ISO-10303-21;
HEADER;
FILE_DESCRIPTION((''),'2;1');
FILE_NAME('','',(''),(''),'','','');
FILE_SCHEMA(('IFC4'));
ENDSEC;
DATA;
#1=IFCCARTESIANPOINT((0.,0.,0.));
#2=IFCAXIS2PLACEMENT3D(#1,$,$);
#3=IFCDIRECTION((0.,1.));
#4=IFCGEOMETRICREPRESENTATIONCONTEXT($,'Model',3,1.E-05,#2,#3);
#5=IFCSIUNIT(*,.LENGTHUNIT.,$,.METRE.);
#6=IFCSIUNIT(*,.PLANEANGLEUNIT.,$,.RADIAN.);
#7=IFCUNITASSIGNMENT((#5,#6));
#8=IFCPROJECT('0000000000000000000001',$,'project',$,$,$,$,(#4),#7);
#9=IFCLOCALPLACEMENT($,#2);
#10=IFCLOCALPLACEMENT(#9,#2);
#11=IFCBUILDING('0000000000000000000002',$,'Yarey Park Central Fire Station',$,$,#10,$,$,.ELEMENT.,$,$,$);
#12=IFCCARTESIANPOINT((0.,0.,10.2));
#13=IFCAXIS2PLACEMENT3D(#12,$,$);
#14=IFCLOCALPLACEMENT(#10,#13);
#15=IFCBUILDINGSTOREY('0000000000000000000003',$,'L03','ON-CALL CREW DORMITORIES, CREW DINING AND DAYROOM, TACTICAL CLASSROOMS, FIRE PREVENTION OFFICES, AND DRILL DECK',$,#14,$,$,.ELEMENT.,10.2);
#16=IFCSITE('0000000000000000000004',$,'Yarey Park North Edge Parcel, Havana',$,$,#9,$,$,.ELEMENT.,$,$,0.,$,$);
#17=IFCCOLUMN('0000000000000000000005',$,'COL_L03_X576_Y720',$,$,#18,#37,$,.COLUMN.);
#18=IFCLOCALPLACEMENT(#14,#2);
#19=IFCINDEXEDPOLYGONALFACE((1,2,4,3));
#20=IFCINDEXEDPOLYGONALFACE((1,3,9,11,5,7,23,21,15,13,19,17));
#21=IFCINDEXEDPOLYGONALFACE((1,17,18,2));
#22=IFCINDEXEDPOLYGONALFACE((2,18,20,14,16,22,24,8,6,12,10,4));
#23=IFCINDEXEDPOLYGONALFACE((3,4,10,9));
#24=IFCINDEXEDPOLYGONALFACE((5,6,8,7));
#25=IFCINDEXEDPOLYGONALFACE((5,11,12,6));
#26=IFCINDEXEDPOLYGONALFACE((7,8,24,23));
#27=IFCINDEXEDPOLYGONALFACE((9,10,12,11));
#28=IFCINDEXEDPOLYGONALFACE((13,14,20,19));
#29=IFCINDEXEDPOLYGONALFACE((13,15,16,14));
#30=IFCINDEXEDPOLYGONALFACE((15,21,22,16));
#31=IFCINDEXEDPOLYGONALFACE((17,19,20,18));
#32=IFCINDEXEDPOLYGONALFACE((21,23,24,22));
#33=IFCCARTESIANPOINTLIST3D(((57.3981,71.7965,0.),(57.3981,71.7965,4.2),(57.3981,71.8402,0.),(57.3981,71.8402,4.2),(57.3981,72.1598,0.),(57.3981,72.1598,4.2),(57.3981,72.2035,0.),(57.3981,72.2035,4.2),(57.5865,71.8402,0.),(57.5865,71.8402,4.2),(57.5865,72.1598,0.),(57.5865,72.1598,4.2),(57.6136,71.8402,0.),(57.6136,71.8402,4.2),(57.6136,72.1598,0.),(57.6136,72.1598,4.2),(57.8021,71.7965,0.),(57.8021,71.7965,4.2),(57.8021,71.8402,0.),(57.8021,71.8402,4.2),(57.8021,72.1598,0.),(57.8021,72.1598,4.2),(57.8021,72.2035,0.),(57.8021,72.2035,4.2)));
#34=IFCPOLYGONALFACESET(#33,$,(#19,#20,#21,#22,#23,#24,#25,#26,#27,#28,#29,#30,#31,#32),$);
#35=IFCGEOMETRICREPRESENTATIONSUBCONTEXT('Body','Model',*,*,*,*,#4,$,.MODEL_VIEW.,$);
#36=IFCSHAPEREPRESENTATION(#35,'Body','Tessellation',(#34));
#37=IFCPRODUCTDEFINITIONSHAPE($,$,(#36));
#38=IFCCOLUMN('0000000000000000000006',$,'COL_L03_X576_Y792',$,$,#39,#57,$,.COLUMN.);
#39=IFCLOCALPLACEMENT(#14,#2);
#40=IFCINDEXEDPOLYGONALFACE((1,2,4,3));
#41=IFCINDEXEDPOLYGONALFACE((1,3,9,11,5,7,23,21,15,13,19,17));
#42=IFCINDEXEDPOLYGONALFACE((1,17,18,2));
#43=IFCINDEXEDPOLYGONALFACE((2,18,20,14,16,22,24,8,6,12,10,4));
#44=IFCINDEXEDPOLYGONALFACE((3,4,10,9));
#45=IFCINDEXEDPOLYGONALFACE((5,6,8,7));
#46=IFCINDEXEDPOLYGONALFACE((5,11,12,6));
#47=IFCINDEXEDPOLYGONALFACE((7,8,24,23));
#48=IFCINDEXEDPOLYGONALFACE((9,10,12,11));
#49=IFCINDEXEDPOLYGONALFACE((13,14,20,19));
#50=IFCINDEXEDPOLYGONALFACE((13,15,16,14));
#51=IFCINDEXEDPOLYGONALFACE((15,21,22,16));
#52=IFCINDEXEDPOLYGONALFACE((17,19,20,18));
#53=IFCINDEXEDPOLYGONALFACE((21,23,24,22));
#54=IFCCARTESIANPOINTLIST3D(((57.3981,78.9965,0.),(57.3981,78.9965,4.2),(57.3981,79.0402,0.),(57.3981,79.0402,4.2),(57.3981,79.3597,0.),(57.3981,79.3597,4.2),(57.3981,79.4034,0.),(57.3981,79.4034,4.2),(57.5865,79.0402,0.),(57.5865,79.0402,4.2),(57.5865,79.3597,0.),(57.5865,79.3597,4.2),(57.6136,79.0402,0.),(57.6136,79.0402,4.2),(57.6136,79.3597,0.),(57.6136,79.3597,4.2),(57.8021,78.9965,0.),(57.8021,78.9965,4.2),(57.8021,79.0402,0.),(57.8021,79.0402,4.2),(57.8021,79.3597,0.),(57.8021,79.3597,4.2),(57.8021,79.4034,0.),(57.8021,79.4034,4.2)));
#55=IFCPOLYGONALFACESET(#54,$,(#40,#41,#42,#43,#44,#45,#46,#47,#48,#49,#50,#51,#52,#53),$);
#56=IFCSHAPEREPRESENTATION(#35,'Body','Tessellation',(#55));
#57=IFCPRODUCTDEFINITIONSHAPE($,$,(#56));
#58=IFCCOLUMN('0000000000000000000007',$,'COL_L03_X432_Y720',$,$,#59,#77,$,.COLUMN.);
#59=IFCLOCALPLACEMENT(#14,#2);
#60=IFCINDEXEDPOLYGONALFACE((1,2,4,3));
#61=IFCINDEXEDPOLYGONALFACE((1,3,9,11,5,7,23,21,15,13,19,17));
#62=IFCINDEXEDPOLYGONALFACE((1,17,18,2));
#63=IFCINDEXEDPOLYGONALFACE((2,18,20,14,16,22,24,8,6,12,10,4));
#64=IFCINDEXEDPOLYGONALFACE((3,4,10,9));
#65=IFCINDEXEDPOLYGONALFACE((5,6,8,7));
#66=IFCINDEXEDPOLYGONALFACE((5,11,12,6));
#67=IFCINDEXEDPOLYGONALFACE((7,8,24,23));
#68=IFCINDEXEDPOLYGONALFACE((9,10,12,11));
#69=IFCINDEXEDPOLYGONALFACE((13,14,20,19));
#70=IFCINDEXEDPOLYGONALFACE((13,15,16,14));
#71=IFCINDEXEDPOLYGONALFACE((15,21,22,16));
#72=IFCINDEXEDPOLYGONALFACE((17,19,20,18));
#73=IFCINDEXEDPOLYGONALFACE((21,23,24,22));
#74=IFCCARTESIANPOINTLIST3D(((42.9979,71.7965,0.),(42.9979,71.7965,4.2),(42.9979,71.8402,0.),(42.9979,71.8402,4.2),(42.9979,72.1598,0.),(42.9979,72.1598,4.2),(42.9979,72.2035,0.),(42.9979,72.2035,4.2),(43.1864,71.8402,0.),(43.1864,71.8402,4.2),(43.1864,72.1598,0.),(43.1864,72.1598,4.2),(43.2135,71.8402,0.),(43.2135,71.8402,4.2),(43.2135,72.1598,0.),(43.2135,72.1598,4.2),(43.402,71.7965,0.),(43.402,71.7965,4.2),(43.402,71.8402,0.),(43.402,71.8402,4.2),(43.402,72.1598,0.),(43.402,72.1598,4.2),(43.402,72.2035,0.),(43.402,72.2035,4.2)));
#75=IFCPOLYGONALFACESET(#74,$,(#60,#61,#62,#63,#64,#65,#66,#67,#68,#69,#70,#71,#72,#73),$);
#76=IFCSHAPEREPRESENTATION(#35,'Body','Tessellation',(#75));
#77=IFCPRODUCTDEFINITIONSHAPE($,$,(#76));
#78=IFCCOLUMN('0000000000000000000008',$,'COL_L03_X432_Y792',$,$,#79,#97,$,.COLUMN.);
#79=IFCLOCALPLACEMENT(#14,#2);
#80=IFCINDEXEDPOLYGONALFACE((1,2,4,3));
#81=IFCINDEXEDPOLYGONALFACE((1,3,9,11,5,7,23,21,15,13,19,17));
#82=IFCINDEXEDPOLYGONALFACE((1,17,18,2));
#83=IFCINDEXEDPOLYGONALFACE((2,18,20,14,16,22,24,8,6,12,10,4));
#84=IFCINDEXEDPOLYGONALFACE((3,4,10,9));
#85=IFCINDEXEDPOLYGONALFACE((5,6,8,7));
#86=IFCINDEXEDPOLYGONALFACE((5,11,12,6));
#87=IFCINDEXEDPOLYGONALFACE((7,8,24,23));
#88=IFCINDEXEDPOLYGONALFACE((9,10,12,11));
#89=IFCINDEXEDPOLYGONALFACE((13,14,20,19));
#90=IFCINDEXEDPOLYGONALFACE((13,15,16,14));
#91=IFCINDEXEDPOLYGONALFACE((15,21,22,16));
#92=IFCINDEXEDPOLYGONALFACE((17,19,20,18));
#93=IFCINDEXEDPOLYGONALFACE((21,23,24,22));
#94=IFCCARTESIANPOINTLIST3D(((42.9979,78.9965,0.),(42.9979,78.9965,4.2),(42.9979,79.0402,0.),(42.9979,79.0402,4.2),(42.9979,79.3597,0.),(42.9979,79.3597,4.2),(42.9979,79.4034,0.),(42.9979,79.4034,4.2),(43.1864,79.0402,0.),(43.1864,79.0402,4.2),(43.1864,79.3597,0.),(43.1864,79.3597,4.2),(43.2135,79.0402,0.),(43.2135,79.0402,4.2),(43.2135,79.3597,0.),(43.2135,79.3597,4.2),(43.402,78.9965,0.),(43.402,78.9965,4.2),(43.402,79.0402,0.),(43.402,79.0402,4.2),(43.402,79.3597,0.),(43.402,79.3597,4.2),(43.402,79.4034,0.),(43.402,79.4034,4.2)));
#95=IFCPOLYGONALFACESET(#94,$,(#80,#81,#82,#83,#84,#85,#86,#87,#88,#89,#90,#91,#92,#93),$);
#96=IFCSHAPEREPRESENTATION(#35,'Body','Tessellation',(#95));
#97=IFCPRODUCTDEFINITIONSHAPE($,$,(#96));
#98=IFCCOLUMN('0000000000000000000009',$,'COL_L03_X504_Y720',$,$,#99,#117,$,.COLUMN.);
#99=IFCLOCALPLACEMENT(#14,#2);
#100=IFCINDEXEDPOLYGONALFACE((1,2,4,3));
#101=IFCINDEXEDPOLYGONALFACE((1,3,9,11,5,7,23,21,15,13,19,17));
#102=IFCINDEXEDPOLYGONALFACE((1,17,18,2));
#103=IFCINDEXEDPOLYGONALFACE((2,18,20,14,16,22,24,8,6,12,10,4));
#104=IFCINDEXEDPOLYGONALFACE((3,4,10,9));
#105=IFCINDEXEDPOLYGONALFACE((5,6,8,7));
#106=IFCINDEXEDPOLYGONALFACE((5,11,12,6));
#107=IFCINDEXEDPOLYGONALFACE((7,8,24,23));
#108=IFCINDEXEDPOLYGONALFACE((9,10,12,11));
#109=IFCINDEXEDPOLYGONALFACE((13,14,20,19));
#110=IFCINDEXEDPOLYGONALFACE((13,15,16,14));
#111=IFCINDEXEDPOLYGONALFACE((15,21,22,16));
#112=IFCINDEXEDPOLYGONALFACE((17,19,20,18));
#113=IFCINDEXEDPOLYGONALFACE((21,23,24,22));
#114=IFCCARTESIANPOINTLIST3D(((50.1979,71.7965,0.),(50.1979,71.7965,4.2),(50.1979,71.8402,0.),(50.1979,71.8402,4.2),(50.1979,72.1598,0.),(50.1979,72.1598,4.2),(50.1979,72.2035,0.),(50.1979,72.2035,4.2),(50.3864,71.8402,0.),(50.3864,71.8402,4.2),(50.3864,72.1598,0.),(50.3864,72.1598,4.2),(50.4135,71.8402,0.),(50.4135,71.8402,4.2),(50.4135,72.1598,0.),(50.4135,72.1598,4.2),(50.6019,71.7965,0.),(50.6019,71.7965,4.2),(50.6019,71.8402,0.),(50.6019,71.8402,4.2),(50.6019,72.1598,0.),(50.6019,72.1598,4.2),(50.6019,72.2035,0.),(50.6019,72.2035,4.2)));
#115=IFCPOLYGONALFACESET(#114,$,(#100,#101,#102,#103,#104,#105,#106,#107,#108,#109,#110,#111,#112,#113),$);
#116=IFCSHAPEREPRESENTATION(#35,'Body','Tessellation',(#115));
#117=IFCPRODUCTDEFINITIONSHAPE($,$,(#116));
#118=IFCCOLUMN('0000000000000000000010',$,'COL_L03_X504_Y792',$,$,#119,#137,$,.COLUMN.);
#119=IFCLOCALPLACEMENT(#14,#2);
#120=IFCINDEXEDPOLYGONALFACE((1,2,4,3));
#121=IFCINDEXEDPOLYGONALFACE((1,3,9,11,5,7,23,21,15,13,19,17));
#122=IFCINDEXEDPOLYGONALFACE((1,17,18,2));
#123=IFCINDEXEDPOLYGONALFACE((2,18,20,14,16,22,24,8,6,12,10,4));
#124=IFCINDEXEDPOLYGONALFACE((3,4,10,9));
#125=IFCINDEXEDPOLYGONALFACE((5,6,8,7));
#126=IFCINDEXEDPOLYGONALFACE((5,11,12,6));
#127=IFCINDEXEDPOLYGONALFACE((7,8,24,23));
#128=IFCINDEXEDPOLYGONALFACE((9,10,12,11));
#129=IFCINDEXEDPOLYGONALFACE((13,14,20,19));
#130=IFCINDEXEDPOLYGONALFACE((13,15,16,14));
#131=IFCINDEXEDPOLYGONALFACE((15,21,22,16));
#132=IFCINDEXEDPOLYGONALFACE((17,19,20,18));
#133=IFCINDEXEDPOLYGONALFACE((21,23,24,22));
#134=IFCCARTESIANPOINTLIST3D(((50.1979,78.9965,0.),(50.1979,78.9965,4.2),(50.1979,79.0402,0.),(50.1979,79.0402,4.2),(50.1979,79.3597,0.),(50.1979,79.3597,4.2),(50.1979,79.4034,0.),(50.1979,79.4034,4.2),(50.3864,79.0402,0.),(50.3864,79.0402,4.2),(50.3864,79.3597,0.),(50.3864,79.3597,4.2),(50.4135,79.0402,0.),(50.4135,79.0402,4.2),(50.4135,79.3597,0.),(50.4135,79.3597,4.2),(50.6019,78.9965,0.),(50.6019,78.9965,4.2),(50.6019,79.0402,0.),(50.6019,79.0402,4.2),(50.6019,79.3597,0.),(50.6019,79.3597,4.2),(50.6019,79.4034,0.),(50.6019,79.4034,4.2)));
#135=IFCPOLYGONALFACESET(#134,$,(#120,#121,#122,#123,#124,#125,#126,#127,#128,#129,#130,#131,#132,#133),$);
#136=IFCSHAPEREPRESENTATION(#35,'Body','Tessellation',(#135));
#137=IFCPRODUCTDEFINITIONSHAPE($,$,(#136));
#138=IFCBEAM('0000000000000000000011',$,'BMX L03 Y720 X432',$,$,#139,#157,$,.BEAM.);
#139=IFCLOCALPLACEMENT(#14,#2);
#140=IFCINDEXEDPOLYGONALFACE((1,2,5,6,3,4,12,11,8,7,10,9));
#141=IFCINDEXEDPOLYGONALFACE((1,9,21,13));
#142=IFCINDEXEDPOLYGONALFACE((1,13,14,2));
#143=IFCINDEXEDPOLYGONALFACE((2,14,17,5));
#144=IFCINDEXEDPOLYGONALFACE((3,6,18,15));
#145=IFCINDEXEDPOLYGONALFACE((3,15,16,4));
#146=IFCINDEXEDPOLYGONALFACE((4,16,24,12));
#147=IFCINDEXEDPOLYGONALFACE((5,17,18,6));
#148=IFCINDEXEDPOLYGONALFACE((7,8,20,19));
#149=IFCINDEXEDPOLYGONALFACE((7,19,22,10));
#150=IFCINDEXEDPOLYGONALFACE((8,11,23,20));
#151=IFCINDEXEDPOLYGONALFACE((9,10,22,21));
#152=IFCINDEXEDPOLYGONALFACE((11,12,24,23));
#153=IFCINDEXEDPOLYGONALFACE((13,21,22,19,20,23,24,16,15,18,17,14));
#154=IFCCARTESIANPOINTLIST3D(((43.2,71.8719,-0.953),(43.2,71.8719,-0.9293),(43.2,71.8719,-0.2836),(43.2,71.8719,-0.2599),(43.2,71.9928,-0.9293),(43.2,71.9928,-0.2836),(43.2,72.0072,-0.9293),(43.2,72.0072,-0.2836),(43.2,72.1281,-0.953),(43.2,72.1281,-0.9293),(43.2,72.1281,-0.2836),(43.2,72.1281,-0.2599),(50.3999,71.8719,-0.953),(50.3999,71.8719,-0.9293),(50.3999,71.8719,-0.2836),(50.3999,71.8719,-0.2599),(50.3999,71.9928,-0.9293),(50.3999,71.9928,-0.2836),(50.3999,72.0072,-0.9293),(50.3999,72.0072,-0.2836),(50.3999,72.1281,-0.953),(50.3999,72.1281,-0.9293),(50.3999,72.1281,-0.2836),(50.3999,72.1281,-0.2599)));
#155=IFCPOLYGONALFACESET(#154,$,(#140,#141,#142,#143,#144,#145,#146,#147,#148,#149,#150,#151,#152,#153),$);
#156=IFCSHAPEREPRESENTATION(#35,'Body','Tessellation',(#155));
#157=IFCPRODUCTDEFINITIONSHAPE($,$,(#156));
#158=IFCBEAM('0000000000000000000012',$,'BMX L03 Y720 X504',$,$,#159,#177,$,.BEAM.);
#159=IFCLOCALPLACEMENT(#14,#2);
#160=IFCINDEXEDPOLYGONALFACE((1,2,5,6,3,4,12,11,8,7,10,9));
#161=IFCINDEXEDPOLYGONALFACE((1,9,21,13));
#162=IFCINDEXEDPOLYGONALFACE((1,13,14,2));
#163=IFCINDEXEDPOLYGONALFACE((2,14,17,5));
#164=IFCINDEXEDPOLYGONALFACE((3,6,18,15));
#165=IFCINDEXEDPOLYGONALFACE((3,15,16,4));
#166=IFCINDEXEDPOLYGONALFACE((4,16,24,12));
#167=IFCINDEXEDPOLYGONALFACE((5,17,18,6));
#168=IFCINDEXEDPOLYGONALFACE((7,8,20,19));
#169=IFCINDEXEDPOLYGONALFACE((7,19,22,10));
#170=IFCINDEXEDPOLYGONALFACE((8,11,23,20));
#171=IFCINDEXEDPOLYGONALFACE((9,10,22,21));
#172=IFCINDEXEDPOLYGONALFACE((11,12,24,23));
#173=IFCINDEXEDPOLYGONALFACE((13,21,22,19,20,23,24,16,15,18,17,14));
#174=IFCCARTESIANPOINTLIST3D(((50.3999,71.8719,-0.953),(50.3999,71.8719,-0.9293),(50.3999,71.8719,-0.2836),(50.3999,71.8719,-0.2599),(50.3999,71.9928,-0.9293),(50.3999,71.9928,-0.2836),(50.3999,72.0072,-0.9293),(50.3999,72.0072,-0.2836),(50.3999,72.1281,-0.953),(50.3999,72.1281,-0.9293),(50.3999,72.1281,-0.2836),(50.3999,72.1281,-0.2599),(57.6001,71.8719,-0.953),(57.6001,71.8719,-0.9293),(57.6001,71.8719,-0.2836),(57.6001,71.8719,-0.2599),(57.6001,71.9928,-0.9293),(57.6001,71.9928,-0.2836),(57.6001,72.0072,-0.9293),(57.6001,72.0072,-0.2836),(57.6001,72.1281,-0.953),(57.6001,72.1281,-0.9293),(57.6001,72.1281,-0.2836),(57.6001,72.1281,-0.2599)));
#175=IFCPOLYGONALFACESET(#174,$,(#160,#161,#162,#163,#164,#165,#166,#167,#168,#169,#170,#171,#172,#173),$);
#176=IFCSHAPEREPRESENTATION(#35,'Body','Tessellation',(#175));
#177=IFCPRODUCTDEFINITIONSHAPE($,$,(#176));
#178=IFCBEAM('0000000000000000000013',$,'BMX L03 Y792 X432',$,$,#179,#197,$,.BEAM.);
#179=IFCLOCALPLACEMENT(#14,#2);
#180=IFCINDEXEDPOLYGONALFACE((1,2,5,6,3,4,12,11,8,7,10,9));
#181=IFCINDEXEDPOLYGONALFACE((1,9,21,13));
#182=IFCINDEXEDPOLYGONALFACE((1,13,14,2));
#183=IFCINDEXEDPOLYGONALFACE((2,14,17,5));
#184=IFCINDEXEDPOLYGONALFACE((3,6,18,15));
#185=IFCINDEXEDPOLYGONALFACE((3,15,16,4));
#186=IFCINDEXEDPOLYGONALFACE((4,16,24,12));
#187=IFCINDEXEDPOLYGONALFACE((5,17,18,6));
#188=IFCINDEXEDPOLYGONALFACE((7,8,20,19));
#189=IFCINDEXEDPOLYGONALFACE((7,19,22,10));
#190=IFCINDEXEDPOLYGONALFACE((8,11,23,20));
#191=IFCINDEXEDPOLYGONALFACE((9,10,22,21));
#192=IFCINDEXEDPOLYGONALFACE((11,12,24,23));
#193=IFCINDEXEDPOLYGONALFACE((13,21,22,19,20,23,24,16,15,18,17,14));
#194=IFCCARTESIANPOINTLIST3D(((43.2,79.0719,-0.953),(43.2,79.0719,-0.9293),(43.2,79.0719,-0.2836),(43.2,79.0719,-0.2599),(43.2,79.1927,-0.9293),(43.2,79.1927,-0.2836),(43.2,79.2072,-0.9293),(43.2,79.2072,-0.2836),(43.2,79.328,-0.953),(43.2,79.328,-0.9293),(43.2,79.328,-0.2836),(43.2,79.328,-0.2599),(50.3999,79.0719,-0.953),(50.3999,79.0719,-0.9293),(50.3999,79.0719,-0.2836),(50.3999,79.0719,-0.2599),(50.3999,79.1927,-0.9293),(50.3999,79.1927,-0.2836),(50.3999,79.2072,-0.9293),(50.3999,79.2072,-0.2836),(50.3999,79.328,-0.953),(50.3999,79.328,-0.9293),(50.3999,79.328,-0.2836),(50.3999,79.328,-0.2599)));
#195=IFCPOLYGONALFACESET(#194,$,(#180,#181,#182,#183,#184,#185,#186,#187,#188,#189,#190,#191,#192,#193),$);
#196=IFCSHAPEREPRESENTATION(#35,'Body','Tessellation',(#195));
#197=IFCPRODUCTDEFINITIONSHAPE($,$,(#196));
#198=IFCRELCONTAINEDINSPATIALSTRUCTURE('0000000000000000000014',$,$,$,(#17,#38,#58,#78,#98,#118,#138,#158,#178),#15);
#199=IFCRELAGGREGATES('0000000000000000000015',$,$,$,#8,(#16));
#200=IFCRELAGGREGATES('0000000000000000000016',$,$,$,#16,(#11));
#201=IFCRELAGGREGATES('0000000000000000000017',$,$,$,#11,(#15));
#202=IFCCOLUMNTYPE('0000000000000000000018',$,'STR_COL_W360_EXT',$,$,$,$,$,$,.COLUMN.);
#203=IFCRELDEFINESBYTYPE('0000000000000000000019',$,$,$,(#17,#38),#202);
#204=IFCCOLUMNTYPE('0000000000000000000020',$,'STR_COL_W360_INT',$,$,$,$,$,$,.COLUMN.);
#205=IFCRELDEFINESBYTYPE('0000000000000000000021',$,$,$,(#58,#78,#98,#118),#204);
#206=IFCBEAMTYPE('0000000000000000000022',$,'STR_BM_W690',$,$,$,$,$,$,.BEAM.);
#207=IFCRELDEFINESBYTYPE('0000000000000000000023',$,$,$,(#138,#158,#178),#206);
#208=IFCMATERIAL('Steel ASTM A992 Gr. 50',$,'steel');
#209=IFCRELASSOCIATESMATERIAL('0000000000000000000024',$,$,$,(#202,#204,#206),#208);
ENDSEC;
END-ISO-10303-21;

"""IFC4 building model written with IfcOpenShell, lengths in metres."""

from ifc_helpers import new_model, si_unit, direction, frame, origin, origin_2d, place, context, subcontext, project, spatial, i_section, extrude, material, material_profile, profile_set, type_object, element, save


model = new_model("IFC4")

# Units and contexts
model_context = context("Model", 3, precision=1e-05, world=origin(), true_north=direction((0.0, 1.0)))
body_context = subcontext(model_context, "Body", "Model", "MODEL_VIEW")
ifc_project = project(units=[si_unit("LENGTHUNIT", "METRE"), si_unit("PLANEANGLEUNIT", "RADIAN")], contexts=[model_context])

# Site, building, storey
site_placement = place(None, origin())
site = spatial("IfcSite", under=ifc_project, at=site_placement, Name="Yarey Park North Edge Parcel, Havana", CompositionType="ELEMENT", RefElevation=0.0)
building_placement = place(site_placement, origin())
building = spatial("IfcBuilding", under=site, at=building_placement, Name="Yarey Park Central Fire Station", CompositionType="ELEMENT")
storey_placement = place(building_placement, frame((0.0, 0.0, 10.2)))
storey = spatial("IfcBuildingStorey", under=building, at=storey_placement, Name="L03", Description="ON-CALL CREW DORMITORIES, CREW DINING AND DAYROOM, TACTICAL CLASSROOMS, FIRE PREVENTION OFFICES, AND DRILL DECK", CompositionType="ELEMENT", Elevation=10.2)

# Columns
ifc_material_1 = material(Name="Steel ASTM A992 Gr. 50", Category="steel")
ifc_material_profile_1 = material_profile(ifc_material_1, i_section(OverallWidth=0.4041, OverallDepth=0.407, WebThickness=0.0271, FlangeThickness=0.0437, at=origin_2d()), Name="W360x347")
ifc_profile_set_1 = profile_set([ifc_material_profile_1], Name="Steel ASTM A992 Gr. 50")
column_type_1 = type_object("IfcColumnType", Name="STR_COL_W360_EXT", PredefinedType="COLUMN", material=ifc_profile_set_1)
for number, where, z_axis, x_axis, name in (
    (1, (57.6001, 72.0, 0.0), (0.0, 0.0, 1.0), (1.0, 0.0, 0.0), "COL_L03_X576_Y720"),
    (2, (57.6001, 79.2, 0.0), (0.0, 0.0, 1.0), (1.0, 0.0, 0.0), "COL_L03_X576_Y792"),
):
    element("IfcColumn", number, at=place(storey_placement, frame(where, z_axis=z_axis, x_axis=x_axis)), inside=storey, type_object=column_type_1, Name=name, PredefinedType="COLUMN", context=body_context, shape_type="SweptSolid", body=[
        extrude(i_section(OverallWidth=0.4041, OverallDepth=0.407, WebThickness=0.0271, FlangeThickness=0.0437, at=origin_2d()), origin(), (0.0, 0.0, 1.0), 4.2),
    ])
ifc_material_profile_2 = material_profile(ifc_material_1, i_section(OverallWidth=0.4041, OverallDepth=0.407, WebThickness=0.0271, FlangeThickness=0.0437, at=origin_2d()), Name="W360x347")
ifc_profile_set_2 = profile_set([ifc_material_profile_2], Name="Steel ASTM A992 Gr. 50")
column_type_2 = type_object("IfcColumnType", Name="STR_COL_W360_INT", PredefinedType="COLUMN", material=ifc_profile_set_2)
for number, where, z_axis, x_axis, name in (
    (3, (43.2, 72.0, 0.0), (0.0, 0.0, 1.0), (1.0, 0.0, 0.0), "COL_L03_X432_Y720"),
    (4, (43.2, 79.2, 0.0), (0.0, 0.0, 1.0), (1.0, 0.0, 0.0), "COL_L03_X432_Y792"),
    (5, (50.3999, 72.0, 0.0), (0.0, 0.0, 1.0), (1.0, 0.0, 0.0), "COL_L03_X504_Y720"),
    (6, (50.3999, 79.2, 0.0), (0.0, 0.0, 1.0), (1.0, 0.0, 0.0), "COL_L03_X504_Y792"),
):
    element("IfcColumn", number, at=place(storey_placement, frame(where, z_axis=z_axis, x_axis=x_axis)), inside=storey, type_object=column_type_2, Name=name, PredefinedType="COLUMN", context=body_context, shape_type="SweptSolid", body=[
        extrude(i_section(OverallWidth=0.4041, OverallDepth=0.407, WebThickness=0.0271, FlangeThickness=0.0437, at=origin_2d()), origin(), (0.0, 0.0, 1.0), 4.2),
    ])

# Beams
ifc_material_profile_3 = material_profile(ifc_material_1, i_section(OverallWidth=0.2561, OverallDepth=0.6931, WebThickness=0.0144, FlangeThickness=0.0237, at=origin_2d()), Name="W690x170")
ifc_profile_set_3 = profile_set([ifc_material_profile_3], Name="Steel ASTM A992 Gr. 50")
beam_type_1 = type_object("IfcBeamType", Name="STR_BM_W690", PredefinedType="BEAM", material=ifc_profile_set_3)
beam_1_placement = place(storey_placement, frame((43.2, 72.0, -0.6064), z_axis=(1.0, 0.0, 0.0), x_axis=(0.0, 1.0, 0.0)))
element("IfcBeam", 7, at=beam_1_placement, inside=storey, type_object=beam_type_1, Name="BMX L03 Y720 X432", PredefinedType="BEAM", context=body_context, shape_type="SweptSolid", body=[
    extrude(i_section(OverallWidth=0.2561, OverallDepth=0.6931, WebThickness=0.0144, FlangeThickness=0.0237, at=origin_2d()), origin(), (0.0, 0.0, 1.0), 7.2),
])
beam_2_placement = place(storey_placement, frame((50.3999, 72.0, -0.6064), z_axis=(1.0, 0.0, 0.0), x_axis=(0.0, 1.0, 0.0)))
element("IfcBeam", 8, at=beam_2_placement, inside=storey, type_object=beam_type_1, Name="BMX L03 Y720 X504", PredefinedType="BEAM", context=body_context, shape_type="SweptSolid", body=[
    extrude(i_section(OverallWidth=0.2561, OverallDepth=0.6931, WebThickness=0.0144, FlangeThickness=0.0237, at=origin_2d()), origin(), (0.0, 0.0, 1.0), 7.2002),
])
beam_3_placement = place(storey_placement, frame((43.2, 79.2, -0.6064), z_axis=(1.0, 0.0, 0.0), x_axis=(0.0, 1.0, 0.0)))
element("IfcBeam", 9, at=beam_3_placement, inside=storey, type_object=beam_type_1, Name="BMX L03 Y792 X432", PredefinedType="BEAM", context=body_context, shape_type="SweptSolid", body=[
    extrude(i_section(OverallWidth=0.2561, OverallDepth=0.6931, WebThickness=0.0144, FlangeThickness=0.0237, at=origin_2d()), origin(), (0.0, 0.0, 1.0), 7.2),
])

save(model, "model.ifc")
